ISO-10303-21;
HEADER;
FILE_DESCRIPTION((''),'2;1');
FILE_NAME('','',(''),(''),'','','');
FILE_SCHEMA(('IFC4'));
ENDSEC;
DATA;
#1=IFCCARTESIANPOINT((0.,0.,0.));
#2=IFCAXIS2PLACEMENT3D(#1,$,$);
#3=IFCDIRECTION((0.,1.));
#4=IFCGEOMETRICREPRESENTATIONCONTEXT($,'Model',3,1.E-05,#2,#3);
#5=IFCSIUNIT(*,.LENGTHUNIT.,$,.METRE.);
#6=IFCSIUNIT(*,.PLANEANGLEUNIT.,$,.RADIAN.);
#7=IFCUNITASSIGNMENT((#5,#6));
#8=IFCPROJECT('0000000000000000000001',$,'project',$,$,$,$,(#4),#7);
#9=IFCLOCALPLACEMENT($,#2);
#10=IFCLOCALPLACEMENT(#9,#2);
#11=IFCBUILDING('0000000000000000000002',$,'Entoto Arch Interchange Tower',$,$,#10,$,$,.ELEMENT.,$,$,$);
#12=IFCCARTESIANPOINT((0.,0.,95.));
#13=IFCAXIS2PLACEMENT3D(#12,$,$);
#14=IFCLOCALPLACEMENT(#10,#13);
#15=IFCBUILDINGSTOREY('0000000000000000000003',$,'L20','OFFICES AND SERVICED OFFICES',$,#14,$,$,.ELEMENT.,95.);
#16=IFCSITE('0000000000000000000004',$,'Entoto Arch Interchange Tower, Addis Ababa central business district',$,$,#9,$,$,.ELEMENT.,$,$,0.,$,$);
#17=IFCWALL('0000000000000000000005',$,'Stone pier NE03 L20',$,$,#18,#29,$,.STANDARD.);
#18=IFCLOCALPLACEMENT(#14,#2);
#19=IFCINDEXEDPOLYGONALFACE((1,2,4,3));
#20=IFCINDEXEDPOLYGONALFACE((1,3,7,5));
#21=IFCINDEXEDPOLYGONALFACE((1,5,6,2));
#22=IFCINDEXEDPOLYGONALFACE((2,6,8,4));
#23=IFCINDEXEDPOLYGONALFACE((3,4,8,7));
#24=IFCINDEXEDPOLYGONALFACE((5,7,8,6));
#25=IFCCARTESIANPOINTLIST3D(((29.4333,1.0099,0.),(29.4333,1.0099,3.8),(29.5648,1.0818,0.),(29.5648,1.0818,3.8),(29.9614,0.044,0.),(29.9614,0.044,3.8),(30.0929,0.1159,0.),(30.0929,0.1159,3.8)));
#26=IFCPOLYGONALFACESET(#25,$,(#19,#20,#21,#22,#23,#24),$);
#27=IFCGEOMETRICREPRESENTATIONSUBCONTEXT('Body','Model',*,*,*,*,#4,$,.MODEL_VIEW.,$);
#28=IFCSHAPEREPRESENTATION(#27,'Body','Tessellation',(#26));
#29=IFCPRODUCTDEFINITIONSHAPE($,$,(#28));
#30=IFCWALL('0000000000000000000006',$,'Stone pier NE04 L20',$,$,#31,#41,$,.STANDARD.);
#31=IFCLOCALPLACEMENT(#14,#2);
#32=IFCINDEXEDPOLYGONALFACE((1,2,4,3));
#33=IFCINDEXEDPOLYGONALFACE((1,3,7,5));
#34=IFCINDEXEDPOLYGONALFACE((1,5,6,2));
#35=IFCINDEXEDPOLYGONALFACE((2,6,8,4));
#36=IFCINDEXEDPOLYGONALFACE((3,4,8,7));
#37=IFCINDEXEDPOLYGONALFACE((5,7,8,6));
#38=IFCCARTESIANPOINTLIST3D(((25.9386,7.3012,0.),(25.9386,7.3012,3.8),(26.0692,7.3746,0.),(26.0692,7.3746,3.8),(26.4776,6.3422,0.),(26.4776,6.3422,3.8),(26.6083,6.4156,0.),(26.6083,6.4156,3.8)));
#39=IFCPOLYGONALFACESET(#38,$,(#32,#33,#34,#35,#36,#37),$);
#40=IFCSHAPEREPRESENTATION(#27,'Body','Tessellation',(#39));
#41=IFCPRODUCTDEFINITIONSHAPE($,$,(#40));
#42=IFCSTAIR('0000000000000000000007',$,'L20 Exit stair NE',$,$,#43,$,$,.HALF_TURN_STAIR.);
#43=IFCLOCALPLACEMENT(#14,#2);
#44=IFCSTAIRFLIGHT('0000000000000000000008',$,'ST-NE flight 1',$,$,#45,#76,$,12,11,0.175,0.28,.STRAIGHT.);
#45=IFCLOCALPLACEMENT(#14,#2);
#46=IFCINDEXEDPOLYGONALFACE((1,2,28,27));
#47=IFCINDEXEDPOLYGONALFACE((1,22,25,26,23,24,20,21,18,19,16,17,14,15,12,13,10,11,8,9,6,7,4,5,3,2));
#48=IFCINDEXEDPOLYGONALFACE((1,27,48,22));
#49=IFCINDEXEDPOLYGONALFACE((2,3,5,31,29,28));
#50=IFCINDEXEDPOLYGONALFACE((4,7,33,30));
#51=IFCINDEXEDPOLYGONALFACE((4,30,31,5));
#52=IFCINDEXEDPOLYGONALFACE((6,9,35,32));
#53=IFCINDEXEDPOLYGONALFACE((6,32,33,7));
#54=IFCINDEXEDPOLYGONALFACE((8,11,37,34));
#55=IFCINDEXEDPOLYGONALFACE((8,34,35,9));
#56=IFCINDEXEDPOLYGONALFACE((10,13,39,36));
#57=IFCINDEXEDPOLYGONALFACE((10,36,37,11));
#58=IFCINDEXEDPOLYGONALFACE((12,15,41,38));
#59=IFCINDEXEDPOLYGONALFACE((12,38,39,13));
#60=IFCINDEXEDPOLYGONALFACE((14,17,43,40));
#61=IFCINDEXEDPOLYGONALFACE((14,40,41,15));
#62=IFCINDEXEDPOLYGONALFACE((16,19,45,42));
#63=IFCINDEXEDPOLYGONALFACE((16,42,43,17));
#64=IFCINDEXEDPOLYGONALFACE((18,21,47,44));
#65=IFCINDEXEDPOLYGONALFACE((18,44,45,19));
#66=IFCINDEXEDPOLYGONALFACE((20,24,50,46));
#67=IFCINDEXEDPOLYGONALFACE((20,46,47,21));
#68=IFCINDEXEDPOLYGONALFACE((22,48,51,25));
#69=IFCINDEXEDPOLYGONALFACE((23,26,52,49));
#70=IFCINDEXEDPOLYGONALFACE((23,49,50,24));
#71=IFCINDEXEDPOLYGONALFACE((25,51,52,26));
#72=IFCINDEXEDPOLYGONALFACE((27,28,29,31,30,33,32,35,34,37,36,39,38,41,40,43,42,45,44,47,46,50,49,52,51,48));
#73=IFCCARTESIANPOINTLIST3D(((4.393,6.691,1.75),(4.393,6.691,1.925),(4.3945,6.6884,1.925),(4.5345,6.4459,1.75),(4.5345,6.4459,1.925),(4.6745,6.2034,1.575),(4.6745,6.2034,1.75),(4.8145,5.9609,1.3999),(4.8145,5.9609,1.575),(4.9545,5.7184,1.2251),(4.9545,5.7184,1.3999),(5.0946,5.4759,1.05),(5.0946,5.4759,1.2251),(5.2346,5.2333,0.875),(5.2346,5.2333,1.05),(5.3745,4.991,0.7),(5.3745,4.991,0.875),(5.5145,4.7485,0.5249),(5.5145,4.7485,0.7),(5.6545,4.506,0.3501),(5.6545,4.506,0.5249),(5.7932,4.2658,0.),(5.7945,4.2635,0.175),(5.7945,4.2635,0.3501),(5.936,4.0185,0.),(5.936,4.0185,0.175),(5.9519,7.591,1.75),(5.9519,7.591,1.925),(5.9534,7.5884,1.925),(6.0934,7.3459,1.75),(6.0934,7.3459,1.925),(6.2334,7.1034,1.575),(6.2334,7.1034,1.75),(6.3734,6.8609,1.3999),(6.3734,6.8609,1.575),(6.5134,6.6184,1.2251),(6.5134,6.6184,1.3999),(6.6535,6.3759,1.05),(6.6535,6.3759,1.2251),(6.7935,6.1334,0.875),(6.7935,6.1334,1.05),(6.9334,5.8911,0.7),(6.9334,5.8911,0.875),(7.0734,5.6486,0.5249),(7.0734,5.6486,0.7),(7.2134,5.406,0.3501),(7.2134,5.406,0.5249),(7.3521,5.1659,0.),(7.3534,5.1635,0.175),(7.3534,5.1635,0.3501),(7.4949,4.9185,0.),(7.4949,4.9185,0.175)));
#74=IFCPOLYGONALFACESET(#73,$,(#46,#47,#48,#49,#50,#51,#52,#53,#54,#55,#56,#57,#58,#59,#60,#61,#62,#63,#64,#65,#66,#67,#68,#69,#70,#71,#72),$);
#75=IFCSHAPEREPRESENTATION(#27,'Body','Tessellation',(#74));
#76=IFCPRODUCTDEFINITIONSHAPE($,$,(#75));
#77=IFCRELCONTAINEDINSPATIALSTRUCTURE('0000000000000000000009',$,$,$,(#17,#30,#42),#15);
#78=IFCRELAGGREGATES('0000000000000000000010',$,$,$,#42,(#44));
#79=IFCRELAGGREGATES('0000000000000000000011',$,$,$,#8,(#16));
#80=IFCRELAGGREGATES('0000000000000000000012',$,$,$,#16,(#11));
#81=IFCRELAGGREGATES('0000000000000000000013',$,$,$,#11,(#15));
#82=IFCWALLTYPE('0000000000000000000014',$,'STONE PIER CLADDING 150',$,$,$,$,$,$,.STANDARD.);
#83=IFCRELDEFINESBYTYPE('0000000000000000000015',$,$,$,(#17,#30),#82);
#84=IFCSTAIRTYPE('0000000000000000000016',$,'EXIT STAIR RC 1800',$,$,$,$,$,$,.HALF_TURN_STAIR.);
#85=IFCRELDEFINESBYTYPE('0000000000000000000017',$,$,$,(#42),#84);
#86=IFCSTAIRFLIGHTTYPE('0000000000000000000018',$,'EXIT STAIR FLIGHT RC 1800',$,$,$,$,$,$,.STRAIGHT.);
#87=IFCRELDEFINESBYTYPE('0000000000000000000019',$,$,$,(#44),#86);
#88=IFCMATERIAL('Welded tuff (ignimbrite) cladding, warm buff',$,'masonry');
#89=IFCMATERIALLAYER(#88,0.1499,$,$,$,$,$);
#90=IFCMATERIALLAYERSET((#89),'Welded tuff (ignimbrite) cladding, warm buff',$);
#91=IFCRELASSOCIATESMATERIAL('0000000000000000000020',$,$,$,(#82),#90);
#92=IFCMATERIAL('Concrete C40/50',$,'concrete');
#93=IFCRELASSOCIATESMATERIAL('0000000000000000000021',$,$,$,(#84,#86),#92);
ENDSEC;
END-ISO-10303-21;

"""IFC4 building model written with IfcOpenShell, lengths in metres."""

from ifc_helpers import new_model, si_unit, direction, frame, frame_2d, origin, place, context, subcontext, project, spatial, polyline, rectangle, outline, extrude, material, layer, layer_set, type_object, element, aggregate, save


model = new_model("IFC4")

# Units and contexts
model_context = context("Model", 3, precision=1e-05, world=origin(), true_north=direction((0.0, 1.0)))
body_context = subcontext(model_context, "Body", "Model", "MODEL_VIEW")
ifc_project = project(units=[si_unit("LENGTHUNIT", "METRE"), si_unit("PLANEANGLEUNIT", "RADIAN")], contexts=[model_context])

# Site, building, storey
site_placement = place(None, origin())
site = spatial("IfcSite", under=ifc_project, at=site_placement, Name="Entoto Arch Interchange Tower, Addis Ababa central business district", CompositionType="ELEMENT", RefElevation=0.0)
building_placement = place(site_placement, origin())
building = spatial("IfcBuilding", under=site, at=building_placement, Name="Entoto Arch Interchange Tower", CompositionType="ELEMENT")
storey_placement = place(building_placement, frame((0.0, 0.0, 95.0)))
storey = spatial("IfcBuildingStorey", under=building, at=storey_placement, Name="L20", Description="OFFICES AND SERVICED OFFICES", CompositionType="ELEMENT", Elevation=95.0)

# Shared definitions
ifc_material_1 = material(Name="Concrete C40/50", Category="concrete")

# Shared definitions
ifc_material_2 = material(Name="Welded tuff (ignimbrite) cladding, warm buff", Category="masonry")

# Walls
ifc_layer_1 = layer(ifc_material_2, 0.1499)
ifc_layer_set_1 = layer_set([ifc_layer_1], Name="Welded tuff (ignimbrite) cladding, warm buff")
wall_type_1 = type_object("IfcWallType", Name="STONE PIER CLADDING 150", PredefinedType="STANDARD", material=ifc_layer_set_1)
wall_1_placement = place(storey_placement, frame((30.0271, 0.0801, 0.0), z_axis=(0.0, 0.0, 1.0), x_axis=(-0.479738, 0.877412, 0.0)))
element("IfcWall", 1, at=wall_1_placement, inside=storey, type_object=wall_type_1, Name="Stone pier NE03 L20", PredefinedType="STANDARD", context=body_context, shape_type="SweptSolid", body=[
    extrude(rectangle(XDim=1.1008, YDim=0.1499, at=frame_2d((0.5503, 0.0))), origin(), (0.0, 0.0, 1.0), 3.8),
])
wall_2_placement = place(storey_placement, frame((26.543, 6.3789, 0.0), z_axis=(0.0, 0.0, 1.0), x_axis=(-0.490008, 0.871718, 0.0)))
element("IfcWall", 2, at=wall_2_placement, inside=storey, type_object=wall_type_1, Name="Stone pier NE04 L20", PredefinedType="STANDARD", context=body_context, shape_type="SweptSolid", body=[
    extrude(rectangle(XDim=1.1001, YDim=0.1499, at=frame_2d((0.55, 0.0))), origin(), (0.0, 0.0, 1.0), 3.8),
])

# Stair, stair flight
stair_type = type_object("IfcStairType", Name="EXIT STAIR RC 1800", PredefinedType="HALF_TURN_STAIR", material=ifc_material_1)
stair_placement = place(storey_placement, origin())
stair = element("IfcStair", 3, at=stair_placement, inside=storey, type_object=stair_type, Name="L20 Exit stair NE", PredefinedType="HALF_TURN_STAIR")
stair_flight_type = type_object("IfcStairFlightType", Name="EXIT STAIR FLIGHT RC 1800", PredefinedType="STRAIGHT", material=ifc_material_1)
stair_flight_placement = place(storey_placement, frame((6.7139, 4.4709, 0.0), z_axis=(0.0, 0.0, 1.0), x_axis=(-0.5, 0.866025, 0.0)))
stair_flight = element("IfcStairFlight", 4, at=stair_flight_placement, type_object=stair_flight_type, Name="ST-NE flight 1", NumberOfRisers=12, NumberOfTreads=11, PredefinedType="STRAIGHT", RiserHeight=0.175, TreadLength=0.28, context=body_context, shape_type="SweptSolid", body=[
    extrude(outline(polyline([(-0.0029, 0.0), (-0.0029, 0.175), (0.28, 0.175), (0.28, 0.3501), (0.5601, 0.3501), (0.5601, 0.5249), (0.8401, 0.5249), (0.8401, 0.7), (1.1201, 0.7), (1.1201, 0.875), (1.3999, 0.875), (1.3999, 1.05), (1.6799, 1.05), (1.6799, 1.2251), (1.96, 1.2251), (1.96, 1.3999), (2.24, 1.3999), (2.24, 1.575), (2.52, 1.575), (2.52, 1.75), (2.8, 1.75), (2.8, 1.925), (3.0801, 1.925), (3.083, 1.925), (3.083, 1.75), (0.2827, 0.0), (-0.0029, 0.0)])), frame((0.0, 0.8999, 0.0), z_axis=(0.0, -1.0, 0.0), x_axis=(1.0, 0.0, 0.0)), (0.0, 0.0, 1.0), 1.8),
])
aggregate(stair, [stair_flight])

save(model, "model.ifc")
